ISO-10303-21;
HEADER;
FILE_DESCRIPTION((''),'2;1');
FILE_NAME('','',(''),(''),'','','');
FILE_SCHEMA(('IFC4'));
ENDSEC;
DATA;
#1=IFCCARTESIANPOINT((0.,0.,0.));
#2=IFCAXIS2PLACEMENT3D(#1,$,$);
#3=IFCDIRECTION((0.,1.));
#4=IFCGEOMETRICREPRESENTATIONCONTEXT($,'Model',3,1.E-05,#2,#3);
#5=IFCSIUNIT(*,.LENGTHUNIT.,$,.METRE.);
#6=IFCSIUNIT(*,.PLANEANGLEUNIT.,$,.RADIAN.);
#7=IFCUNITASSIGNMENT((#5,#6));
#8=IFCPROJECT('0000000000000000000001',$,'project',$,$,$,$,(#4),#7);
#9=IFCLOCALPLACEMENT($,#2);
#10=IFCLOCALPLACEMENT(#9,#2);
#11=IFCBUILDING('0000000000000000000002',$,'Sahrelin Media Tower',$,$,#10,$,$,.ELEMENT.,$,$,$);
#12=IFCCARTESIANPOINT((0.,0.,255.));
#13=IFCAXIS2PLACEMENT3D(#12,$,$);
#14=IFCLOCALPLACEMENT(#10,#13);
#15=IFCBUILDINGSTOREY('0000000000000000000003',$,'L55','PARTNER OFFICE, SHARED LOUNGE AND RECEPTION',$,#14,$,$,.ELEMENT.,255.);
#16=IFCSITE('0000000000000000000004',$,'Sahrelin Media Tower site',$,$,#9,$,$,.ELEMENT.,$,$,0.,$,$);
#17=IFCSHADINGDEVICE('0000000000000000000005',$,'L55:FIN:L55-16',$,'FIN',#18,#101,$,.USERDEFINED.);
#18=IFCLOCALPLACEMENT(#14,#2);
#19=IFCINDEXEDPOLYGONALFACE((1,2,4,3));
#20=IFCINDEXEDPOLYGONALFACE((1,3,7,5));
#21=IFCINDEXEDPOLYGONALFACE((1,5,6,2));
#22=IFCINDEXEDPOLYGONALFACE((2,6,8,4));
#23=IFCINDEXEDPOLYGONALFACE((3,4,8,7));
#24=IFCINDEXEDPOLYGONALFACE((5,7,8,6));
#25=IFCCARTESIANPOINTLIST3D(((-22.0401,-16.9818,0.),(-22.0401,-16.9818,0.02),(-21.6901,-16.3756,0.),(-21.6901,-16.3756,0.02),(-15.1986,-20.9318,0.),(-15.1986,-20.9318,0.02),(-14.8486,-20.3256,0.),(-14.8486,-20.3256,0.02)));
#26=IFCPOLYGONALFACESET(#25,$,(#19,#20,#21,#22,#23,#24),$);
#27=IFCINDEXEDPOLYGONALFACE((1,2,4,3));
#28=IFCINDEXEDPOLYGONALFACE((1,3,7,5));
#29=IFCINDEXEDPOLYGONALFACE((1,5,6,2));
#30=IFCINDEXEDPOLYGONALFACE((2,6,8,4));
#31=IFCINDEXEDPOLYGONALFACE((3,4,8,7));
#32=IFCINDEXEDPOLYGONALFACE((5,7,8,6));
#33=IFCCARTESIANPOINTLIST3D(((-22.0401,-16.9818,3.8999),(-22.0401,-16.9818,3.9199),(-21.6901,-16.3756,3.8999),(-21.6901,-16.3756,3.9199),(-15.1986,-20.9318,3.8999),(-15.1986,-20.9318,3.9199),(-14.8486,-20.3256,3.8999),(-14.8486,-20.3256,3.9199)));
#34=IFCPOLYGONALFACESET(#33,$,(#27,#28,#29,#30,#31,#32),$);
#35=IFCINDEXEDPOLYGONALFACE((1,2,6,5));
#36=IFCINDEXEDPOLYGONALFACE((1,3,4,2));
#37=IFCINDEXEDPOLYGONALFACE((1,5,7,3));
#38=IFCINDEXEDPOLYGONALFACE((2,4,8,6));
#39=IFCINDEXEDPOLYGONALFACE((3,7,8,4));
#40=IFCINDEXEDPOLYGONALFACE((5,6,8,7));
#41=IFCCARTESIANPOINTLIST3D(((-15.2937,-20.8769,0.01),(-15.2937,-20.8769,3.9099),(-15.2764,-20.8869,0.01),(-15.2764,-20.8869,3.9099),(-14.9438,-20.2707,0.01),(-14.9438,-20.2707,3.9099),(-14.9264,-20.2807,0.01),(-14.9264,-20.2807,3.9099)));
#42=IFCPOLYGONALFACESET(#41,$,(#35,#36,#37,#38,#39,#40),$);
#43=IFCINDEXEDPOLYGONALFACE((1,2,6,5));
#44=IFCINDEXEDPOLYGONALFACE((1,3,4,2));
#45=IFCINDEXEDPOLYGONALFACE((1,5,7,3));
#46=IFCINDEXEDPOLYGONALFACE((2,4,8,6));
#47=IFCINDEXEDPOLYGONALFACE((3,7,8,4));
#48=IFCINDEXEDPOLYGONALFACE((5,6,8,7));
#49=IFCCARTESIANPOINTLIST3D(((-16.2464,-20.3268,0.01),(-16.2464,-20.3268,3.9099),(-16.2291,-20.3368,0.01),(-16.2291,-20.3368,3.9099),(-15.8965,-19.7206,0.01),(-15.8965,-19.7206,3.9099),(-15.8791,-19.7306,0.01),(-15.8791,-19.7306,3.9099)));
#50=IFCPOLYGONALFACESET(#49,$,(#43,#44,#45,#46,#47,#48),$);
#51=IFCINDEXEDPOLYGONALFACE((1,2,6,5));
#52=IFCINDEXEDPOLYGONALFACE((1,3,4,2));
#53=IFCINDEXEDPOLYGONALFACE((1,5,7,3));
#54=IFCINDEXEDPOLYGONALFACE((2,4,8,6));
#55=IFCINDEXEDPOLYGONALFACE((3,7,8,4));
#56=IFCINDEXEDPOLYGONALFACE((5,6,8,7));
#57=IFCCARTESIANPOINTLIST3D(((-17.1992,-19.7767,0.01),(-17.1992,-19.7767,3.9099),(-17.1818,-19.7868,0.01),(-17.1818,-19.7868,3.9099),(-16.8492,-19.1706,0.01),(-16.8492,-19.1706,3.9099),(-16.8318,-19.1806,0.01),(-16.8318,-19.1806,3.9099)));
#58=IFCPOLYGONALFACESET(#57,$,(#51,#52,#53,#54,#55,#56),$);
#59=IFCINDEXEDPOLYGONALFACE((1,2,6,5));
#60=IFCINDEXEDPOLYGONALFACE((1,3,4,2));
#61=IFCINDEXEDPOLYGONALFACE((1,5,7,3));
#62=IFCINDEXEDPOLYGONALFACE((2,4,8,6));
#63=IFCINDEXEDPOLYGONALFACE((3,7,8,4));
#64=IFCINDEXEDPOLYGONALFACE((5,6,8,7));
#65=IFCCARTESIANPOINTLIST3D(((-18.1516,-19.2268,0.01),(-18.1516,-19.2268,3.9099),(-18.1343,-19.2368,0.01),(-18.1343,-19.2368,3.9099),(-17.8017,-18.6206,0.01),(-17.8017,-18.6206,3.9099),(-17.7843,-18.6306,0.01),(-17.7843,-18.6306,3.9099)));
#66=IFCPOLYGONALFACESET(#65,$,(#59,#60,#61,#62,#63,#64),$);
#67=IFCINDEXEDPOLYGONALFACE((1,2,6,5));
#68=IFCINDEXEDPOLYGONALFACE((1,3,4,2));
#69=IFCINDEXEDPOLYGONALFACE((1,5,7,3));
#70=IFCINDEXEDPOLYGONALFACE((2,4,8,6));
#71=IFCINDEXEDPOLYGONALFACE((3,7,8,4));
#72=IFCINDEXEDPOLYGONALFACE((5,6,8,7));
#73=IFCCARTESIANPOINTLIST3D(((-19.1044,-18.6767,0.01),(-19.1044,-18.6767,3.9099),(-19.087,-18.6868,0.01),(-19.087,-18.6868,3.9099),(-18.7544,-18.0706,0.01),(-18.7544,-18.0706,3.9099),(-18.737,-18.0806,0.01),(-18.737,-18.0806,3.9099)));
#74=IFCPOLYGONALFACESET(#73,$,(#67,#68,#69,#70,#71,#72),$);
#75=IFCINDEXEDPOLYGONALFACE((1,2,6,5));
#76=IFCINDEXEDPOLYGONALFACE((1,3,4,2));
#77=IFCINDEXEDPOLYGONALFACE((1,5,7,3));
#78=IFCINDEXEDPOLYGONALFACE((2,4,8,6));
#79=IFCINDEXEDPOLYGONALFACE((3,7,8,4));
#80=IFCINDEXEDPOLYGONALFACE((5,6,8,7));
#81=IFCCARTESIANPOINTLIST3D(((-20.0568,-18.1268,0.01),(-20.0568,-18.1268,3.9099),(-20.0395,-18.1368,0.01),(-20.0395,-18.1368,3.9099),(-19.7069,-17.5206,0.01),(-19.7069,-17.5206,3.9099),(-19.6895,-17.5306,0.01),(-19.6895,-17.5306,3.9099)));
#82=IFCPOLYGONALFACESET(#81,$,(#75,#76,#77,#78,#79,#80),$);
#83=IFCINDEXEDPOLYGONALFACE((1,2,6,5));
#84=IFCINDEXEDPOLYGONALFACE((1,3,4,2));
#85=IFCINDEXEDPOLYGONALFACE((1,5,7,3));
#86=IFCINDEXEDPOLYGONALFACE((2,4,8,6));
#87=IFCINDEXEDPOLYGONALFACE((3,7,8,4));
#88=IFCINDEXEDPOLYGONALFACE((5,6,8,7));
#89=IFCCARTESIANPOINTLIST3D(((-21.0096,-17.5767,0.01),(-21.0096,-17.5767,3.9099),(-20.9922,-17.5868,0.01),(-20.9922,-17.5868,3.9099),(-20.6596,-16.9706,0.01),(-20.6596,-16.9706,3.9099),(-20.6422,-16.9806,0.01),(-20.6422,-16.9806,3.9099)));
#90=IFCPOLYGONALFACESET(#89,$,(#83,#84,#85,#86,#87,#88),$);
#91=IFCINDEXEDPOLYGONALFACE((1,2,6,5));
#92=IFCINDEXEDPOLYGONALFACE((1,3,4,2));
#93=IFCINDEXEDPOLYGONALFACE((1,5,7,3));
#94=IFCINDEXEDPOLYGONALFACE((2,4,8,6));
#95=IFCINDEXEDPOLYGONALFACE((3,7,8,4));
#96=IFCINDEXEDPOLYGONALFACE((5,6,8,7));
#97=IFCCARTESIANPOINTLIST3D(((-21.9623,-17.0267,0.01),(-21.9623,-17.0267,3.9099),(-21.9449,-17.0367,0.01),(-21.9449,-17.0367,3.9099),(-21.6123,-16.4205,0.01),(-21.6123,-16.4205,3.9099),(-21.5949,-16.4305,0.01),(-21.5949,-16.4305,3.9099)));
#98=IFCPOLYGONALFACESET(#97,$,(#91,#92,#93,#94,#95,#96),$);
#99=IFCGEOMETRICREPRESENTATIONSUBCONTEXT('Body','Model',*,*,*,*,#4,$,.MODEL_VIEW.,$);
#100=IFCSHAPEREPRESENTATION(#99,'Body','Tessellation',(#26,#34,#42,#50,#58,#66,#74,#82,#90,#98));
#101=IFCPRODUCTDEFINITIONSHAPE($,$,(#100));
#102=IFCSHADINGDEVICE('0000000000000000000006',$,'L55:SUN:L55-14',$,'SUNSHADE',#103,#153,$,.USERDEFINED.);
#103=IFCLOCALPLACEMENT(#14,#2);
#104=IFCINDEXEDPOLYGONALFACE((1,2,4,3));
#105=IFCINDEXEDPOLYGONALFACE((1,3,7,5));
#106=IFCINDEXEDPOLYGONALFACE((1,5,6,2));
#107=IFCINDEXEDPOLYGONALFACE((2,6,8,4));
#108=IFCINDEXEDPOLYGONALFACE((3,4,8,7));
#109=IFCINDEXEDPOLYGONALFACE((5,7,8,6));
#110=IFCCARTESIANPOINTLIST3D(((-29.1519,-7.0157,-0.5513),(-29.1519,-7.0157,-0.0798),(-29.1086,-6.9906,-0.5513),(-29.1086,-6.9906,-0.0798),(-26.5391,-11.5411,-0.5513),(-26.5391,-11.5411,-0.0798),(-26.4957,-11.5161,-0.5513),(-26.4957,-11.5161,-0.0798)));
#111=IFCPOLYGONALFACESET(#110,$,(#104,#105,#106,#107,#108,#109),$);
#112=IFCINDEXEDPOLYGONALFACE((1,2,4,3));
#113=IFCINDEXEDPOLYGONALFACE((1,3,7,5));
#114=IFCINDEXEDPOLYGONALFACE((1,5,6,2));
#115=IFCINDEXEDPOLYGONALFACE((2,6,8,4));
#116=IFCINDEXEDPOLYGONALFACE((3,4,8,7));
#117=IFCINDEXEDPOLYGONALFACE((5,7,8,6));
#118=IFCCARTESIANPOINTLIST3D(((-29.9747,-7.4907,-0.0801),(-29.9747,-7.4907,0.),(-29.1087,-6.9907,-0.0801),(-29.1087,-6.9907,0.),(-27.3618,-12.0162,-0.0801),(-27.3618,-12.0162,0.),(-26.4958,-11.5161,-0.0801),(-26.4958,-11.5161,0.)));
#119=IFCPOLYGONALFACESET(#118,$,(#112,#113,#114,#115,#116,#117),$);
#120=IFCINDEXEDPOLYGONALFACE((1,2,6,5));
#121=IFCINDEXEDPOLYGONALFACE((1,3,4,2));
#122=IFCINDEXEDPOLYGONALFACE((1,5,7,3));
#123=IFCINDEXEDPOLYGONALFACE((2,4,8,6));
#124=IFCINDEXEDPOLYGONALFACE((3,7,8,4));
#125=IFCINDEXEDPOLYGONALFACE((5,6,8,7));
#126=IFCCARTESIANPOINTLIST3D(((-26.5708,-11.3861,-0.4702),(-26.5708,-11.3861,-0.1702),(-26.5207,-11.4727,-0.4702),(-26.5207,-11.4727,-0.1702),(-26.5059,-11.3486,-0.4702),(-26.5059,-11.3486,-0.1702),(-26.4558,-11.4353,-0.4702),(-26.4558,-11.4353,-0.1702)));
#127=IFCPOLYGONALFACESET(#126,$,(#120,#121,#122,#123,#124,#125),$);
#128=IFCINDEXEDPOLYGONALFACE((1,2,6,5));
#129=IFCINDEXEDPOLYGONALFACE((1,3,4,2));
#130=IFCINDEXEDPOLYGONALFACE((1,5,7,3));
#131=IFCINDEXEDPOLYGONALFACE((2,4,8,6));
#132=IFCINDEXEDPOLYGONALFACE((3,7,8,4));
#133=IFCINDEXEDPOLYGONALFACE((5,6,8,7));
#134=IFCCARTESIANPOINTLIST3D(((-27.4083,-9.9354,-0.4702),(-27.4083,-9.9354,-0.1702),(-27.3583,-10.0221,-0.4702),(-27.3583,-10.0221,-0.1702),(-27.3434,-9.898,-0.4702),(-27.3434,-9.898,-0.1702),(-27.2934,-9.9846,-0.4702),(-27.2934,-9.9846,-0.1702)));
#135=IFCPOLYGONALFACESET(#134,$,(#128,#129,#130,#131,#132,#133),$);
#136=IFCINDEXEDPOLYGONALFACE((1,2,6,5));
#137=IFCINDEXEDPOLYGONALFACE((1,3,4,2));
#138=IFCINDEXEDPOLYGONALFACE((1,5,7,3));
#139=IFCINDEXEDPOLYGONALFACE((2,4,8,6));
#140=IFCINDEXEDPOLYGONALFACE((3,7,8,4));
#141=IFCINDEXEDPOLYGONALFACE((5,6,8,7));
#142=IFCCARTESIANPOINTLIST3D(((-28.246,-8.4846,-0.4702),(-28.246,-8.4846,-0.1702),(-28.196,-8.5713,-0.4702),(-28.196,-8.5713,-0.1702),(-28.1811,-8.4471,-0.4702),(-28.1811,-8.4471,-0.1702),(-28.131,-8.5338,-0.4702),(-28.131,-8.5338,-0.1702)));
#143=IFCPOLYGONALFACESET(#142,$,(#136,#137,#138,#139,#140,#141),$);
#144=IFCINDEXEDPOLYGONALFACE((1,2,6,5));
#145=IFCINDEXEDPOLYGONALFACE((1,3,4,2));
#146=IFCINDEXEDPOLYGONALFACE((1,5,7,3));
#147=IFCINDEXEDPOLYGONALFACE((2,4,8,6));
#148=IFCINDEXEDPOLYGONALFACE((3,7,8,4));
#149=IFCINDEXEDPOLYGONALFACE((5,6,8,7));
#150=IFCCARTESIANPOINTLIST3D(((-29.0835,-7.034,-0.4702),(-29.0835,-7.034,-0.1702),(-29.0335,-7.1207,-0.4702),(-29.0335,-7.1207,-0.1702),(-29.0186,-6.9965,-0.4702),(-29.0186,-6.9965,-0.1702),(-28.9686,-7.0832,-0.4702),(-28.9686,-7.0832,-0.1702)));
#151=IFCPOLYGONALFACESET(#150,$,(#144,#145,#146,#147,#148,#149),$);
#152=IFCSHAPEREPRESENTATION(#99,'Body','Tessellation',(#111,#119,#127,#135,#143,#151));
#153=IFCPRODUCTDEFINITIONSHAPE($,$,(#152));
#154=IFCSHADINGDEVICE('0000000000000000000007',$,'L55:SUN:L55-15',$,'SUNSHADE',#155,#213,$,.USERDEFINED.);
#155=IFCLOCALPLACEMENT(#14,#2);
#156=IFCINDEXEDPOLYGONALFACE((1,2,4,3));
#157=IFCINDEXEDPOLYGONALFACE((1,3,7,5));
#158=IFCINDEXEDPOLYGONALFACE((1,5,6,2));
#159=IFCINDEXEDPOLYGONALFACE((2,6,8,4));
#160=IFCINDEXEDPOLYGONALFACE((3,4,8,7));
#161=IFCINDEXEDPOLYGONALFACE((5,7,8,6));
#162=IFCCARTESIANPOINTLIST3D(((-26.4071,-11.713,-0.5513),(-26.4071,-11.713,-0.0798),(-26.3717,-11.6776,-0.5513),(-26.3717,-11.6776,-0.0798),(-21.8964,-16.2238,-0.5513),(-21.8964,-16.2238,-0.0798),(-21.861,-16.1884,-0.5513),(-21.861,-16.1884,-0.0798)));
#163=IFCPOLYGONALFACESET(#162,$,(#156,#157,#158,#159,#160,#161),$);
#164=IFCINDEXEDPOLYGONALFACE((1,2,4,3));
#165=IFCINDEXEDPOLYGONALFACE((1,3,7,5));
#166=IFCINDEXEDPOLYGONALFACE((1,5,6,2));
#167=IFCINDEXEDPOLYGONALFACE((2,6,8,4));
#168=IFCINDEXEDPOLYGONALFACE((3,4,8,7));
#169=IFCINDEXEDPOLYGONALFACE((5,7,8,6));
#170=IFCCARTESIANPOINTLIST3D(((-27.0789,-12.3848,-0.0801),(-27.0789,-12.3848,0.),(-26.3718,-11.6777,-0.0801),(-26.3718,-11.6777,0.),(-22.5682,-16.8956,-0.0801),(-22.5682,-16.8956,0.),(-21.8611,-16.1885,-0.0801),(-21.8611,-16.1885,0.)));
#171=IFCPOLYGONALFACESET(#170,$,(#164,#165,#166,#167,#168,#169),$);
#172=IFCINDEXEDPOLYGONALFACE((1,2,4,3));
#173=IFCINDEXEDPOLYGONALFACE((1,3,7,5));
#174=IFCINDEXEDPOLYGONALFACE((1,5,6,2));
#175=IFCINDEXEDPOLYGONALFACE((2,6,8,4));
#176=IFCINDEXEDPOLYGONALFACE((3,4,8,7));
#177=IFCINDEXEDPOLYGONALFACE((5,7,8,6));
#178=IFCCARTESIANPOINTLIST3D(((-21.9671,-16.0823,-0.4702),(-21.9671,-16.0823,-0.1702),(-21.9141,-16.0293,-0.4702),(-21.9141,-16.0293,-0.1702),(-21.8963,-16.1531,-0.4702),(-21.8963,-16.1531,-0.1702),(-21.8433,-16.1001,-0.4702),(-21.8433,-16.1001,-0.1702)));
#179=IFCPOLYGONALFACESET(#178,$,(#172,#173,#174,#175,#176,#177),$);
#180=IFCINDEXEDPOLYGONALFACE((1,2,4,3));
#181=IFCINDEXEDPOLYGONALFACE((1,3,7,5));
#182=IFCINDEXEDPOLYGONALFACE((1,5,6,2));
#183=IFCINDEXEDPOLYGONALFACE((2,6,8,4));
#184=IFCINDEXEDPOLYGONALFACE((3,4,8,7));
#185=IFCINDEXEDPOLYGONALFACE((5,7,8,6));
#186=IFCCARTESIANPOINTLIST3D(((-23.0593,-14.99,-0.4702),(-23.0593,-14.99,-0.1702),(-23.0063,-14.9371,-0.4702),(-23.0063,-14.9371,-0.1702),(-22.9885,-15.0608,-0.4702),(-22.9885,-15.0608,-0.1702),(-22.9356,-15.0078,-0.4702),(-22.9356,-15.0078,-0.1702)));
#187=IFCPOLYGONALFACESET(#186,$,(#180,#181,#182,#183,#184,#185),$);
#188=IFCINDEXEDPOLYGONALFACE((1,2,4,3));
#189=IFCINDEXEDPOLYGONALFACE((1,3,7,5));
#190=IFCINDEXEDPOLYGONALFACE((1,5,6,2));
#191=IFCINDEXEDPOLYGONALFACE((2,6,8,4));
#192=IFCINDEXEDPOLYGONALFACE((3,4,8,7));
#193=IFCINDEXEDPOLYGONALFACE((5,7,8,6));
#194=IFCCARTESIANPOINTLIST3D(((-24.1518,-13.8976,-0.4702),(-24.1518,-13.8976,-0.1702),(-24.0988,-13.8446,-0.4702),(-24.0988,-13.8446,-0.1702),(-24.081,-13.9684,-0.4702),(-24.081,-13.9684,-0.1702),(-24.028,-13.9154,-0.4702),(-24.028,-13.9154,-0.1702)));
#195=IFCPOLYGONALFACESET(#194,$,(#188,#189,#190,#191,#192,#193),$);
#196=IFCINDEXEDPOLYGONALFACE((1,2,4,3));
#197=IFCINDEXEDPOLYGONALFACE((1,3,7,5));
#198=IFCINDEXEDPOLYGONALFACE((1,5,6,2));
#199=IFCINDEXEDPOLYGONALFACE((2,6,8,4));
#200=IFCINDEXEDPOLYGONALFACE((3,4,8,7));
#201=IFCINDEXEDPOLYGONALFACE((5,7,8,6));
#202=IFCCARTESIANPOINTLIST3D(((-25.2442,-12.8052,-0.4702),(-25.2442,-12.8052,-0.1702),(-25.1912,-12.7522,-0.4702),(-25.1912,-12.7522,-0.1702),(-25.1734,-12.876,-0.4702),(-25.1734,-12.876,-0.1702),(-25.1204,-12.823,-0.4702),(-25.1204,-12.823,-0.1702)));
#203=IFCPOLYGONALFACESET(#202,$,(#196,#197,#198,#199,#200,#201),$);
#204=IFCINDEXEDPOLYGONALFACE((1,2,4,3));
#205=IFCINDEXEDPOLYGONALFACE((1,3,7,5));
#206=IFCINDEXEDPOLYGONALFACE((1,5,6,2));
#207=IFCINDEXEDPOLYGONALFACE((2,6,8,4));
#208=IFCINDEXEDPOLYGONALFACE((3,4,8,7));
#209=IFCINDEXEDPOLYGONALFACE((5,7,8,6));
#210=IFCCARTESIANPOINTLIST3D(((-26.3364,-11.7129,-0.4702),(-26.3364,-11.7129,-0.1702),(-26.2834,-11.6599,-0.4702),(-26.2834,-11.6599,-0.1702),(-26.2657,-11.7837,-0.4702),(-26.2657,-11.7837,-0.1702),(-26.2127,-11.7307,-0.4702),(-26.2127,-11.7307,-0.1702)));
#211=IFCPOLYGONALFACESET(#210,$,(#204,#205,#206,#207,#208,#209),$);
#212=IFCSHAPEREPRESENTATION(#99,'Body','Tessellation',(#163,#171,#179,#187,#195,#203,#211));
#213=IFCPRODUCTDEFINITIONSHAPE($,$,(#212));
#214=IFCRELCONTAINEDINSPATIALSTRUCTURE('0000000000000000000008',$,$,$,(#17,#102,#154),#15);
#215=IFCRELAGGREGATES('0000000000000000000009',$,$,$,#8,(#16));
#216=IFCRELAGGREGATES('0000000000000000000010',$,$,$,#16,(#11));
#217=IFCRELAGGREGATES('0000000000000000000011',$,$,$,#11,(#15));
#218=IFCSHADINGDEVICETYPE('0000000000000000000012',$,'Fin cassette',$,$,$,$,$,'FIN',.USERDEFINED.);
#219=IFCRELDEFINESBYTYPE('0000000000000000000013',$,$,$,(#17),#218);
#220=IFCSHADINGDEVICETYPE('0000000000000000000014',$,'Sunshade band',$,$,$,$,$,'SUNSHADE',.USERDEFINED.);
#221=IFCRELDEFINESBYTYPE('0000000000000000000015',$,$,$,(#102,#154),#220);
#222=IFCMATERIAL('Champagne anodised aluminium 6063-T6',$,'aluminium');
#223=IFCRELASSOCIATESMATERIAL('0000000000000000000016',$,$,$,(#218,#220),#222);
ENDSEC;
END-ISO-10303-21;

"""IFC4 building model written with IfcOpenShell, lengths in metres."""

from ifc_helpers import new_model, si_unit, direction, frame, origin, origin_2d, place, context, subcontext, project, spatial, rectangle, extrude, material, type_object, element, save


model = new_model("IFC4")

# Units and contexts
model_context = context("Model", 3, precision=1e-05, world=origin(), true_north=direction((0.0, 1.0)))
body_context = subcontext(model_context, "Body", "Model", "MODEL_VIEW")
ifc_project = project(units=[si_unit("LENGTHUNIT", "METRE"), si_unit("PLANEANGLEUNIT", "RADIAN")], contexts=[model_context])

# Site, building, storey
site_placement = place(None, origin())
site = spatial("IfcSite", under=ifc_project, at=site_placement, Name="Sahrelin Media Tower site", CompositionType="ELEMENT", RefElevation=0.0)
building_placement = place(site_placement, origin())
building = spatial("IfcBuilding", under=site, at=building_placement, Name="Sahrelin Media Tower", CompositionType="ELEMENT")
storey_placement = place(building_placement, frame((0.0, 0.0, 255.0)))
storey = spatial("IfcBuildingStorey", under=building, at=storey_placement, Name="L55", Description="PARTNER OFFICE, SHARED LOUNGE AND RECEPTION", CompositionType="ELEMENT", Elevation=255.0)

# Shared definitions
ifc_material_1 = material(Name="Champagne anodised aluminium 6063-T6", Category="aluminium")

# Shading devices
shading_device_type_1 = type_object("IfcShadingDeviceType", Name="Fin cassette", ElementType="FIN", PredefinedType="USERDEFINED", material=ifc_material_1)
placement_1 = place(storey_placement, frame((-27.7849, -9.2434, 0.0), z_axis=(0.0, 0.0, 1.0), x_axis=(-0.500011, 0.866019, 0.0)))
placement_2 = place(storey_placement, frame((-24.1023, -13.9189, 0.0), z_axis=(0.0, 0.0, 1.0), x_axis=(-0.707107, 0.707107, 0.0)))
placement_3 = place(storey_placement, frame((-18.2344, -18.29, 0.0), z_axis=(0.0, 0.0, 1.0), x_axis=(-0.866019, 0.500011, 0.0)))
element("IfcShadingDevice", 1, at=placement_3, inside=storey, type_object=shading_device_type_1, Name="L55:FIN:L55-16", ObjectType="FIN", PredefinedType="USERDEFINED", context=body_context, shape_type="SweptSolid", body=[
    extrude(rectangle(XDim=7.8999, YDim=0.7, at=origin_2d()), frame((0.0, 0.4199, 0.0)), (0.0, 0.0, 1.0), 0.02),
    extrude(rectangle(XDim=7.8999, YDim=0.7, at=origin_2d()), frame((0.0, 0.4199, 3.8999)), (0.0, 0.0, 1.0), 0.02),
    extrude(rectangle(XDim=0.02, YDim=0.7, at=origin_2d()), frame((-3.8501, 0.4199, 0.01), z_axis=(0.0, 0.0, 1.0), x_axis=(1.0, 0.0, 0.0)), (0.0, 0.0, 1.0), 3.8999),
    extrude(rectangle(XDim=0.02, YDim=0.7, at=origin_2d()), frame((-2.75, 0.4199, 0.01), z_axis=(0.0, 0.0, 1.0), x_axis=(1.0, 0.0, 0.0)), (0.0, 0.0, 1.0), 3.8999),
    extrude(rectangle(XDim=0.02, YDim=0.7, at=origin_2d()), frame((-1.6499, 0.4199, 0.01), z_axis=(0.0, 0.0, 1.0), x_axis=(1.0, 0.0, 0.0)), (0.0, 0.0, 1.0), 3.8999),
    extrude(rectangle(XDim=0.02, YDim=0.7, at=origin_2d()), frame((-0.55, 0.4199, 0.01), z_axis=(0.0, 0.0, 1.0), x_axis=(1.0, 0.0, 0.0)), (0.0, 0.0, 1.0), 3.8999),
    extrude(rectangle(XDim=0.02, YDim=0.7, at=origin_2d()), frame((0.55, 0.4199, 0.01), z_axis=(0.0, 0.0, 1.0), x_axis=(1.0, 0.0, 0.0)), (0.0, 0.0, 1.0), 3.8999),
    extrude(rectangle(XDim=0.02, YDim=0.7, at=origin_2d()), frame((1.6499, 0.4199, 0.01), z_axis=(0.0, 0.0, 1.0), x_axis=(1.0, 0.0, 0.0)), (0.0, 0.0, 1.0), 3.8999),
    extrude(rectangle(XDim=0.02, YDim=0.7, at=origin_2d()), frame((2.75, 0.4199, 0.01), z_axis=(0.0, 0.0, 1.0), x_axis=(1.0, 0.0, 0.0)), (0.0, 0.0, 1.0), 3.8999),
    extrude(rectangle(XDim=0.02, YDim=0.7, at=origin_2d()), frame((3.8501, 0.4199, 0.01), z_axis=(0.0, 0.0, 1.0), x_axis=(1.0, 0.0, 0.0)), (0.0, 0.0, 1.0), 3.8999),
])
shading_device_type_2 = type_object("IfcShadingDeviceType", Name="Sunshade band", ElementType="SUNSHADE", PredefinedType="USERDEFINED", material=ifc_material_1)
element("IfcShadingDevice", 2, at=placement_1, inside=storey, type_object=shading_device_type_2, Name="L55:SUN:L55-14", ObjectType="SUNSHADE", PredefinedType="USERDEFINED", context=body_context, shape_type="SweptSolid", body=[
    extrude(rectangle(XDim=5.2256, YDim=0.05, at=origin_2d()), frame((0.0, 0.0449, -0.5513)), (0.0, 0.0, 1.0), 0.4714),
    extrude(rectangle(XDim=5.2256, YDim=1.0, at=origin_2d()), frame((0.0, 0.52, -0.0801)), (0.0, 0.0, 1.0), 0.0801),
    extrude(rectangle(XDim=0.1001, YDim=0.075, at=origin_2d()), frame((-2.5127, -0.0176, -0.4702)), (0.0, 0.0, 1.0), 0.3),
    extrude(rectangle(XDim=0.1001, YDim=0.075, at=origin_2d()), frame((-0.8376, -0.0176, -0.4702)), (0.0, 0.0, 1.0), 0.3),
    extrude(rectangle(XDim=0.1001, YDim=0.075, at=origin_2d()), frame((0.8376, -0.0176, -0.4702)), (0.0, 0.0, 1.0), 0.3),
    extrude(rectangle(XDim=0.1001, YDim=0.075, at=origin_2d()), frame((2.5127, -0.0176, -0.4702)), (0.0, 0.0, 1.0), 0.3),
])
element("IfcShadingDevice", 3, at=placement_2, inside=storey, type_object=shading_device_type_2, Name="L55:SUN:L55-15", ObjectType="SUNSHADE", PredefinedType="USERDEFINED", context=body_context, shape_type="SweptSolid", body=[
    extrude(rectangle(XDim=6.3792, YDim=0.05, at=origin_2d()), frame((0.0, 0.0449, -0.5513)), (0.0, 0.0, 1.0), 0.4714),
    extrude(rectangle(XDim=6.3792, YDim=1.0, at=origin_2d()), frame((0.0, 0.52, -0.0801)), (0.0, 0.0, 1.0), 0.0801),
    extrude(rectangle(XDim=0.1001, YDim=0.075, at=origin_2d()), frame((-3.0896, -0.0176, -0.4702)), (0.0, 0.0, 1.0), 0.3),
    extrude(rectangle(XDim=0.1001, YDim=0.075, at=origin_2d()), frame((-1.5449, -0.0176, -0.4702)), (0.0, 0.0, 1.0), 0.3),
    extrude(rectangle(XDim=0.1001, YDim=0.075, at=origin_2d()), frame((0.0, -0.0176, -0.4702)), (0.0, 0.0, 1.0), 0.3),
    extrude(rectangle(XDim=0.1001, YDim=0.075, at=origin_2d()), frame((1.5449, -0.0176, -0.4702)), (0.0, 0.0, 1.0), 0.3),
    extrude(rectangle(XDim=0.1001, YDim=0.075, at=origin_2d()), frame((3.0896, -0.0176, -0.4702)), (0.0, 0.0, 1.0), 0.3),
])

save(model, "model.ifc")
